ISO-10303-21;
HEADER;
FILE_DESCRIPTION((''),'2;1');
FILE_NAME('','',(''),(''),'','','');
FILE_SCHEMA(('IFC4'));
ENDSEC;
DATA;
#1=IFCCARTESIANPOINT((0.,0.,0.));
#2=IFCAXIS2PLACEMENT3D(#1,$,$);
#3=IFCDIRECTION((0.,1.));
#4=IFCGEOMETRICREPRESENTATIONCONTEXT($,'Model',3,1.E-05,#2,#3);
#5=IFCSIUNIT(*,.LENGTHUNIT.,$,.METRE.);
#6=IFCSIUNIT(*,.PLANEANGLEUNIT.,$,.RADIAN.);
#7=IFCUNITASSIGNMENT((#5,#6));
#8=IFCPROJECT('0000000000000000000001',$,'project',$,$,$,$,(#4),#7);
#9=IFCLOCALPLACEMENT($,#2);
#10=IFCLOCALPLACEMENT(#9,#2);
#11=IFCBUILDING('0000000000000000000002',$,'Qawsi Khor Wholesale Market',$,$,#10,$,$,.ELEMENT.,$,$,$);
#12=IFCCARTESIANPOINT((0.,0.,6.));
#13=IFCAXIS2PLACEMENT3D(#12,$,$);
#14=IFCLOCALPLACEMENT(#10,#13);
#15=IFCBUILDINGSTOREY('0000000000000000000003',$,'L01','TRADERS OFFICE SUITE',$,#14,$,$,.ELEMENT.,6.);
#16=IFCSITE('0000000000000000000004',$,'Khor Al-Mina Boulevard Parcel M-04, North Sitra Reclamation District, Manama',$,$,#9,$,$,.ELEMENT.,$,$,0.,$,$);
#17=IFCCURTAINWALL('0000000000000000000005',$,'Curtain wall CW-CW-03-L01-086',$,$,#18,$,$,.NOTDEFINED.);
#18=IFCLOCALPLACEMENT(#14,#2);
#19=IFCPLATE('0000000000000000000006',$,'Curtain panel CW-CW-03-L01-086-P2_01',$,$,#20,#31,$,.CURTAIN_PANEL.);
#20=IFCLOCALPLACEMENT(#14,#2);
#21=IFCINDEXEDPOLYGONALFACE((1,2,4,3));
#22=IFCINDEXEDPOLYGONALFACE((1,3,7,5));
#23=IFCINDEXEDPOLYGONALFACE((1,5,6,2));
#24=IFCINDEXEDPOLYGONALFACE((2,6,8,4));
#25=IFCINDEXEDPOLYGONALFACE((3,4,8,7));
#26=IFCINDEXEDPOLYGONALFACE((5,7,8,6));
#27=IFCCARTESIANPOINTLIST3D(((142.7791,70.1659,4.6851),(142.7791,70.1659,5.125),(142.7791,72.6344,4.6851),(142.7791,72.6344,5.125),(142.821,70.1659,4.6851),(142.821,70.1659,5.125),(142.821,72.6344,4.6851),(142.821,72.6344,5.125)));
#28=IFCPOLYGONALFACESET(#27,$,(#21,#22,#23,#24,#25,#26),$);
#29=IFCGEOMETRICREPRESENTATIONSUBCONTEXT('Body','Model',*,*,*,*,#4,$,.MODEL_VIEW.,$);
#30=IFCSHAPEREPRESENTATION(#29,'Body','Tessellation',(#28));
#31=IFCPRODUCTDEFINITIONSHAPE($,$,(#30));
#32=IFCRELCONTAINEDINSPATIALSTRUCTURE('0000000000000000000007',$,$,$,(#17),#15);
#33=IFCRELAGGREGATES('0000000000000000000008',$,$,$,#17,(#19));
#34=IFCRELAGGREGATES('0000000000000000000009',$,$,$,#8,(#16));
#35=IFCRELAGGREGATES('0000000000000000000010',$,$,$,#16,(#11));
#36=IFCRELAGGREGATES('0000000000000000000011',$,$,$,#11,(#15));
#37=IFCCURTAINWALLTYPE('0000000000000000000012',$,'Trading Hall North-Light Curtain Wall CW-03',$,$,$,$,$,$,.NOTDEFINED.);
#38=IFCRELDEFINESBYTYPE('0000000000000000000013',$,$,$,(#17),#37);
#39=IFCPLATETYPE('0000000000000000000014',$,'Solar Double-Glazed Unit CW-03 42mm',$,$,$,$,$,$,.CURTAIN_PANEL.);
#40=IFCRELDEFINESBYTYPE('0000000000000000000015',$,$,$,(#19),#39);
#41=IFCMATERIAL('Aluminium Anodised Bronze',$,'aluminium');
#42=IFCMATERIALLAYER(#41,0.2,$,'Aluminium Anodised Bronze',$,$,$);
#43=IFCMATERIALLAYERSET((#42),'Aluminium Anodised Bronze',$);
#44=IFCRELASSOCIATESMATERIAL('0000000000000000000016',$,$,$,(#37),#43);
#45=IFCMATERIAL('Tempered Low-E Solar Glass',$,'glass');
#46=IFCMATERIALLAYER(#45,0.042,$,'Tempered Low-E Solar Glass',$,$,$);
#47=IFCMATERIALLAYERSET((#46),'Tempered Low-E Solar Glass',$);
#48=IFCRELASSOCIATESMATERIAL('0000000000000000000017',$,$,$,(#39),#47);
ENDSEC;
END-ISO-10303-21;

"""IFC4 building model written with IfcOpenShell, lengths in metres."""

from ifc_helpers import new_model, si_unit, direction, frame, frame_2d, origin, place, context, subcontext, project, spatial, rectangle, extrude, material, layer, layer_set, type_object, element, aggregate, save


model = new_model("IFC4")

# Units and contexts
model_context = context("Model", 3, precision=1e-05, world=origin(), true_north=direction((0.0, 1.0)))
body_context = subcontext(model_context, "Body", "Model", "MODEL_VIEW")
ifc_project = project(units=[si_unit("LENGTHUNIT", "METRE"), si_unit("PLANEANGLEUNIT", "RADIAN")], contexts=[model_context])

# Site, building, storey
site_placement = place(None, origin())
site = spatial("IfcSite", under=ifc_project, at=site_placement, Name="Khor Al-Mina Boulevard Parcel M-04, North Sitra Reclamation District, Manama", CompositionType="ELEMENT", RefElevation=0.0)
building_placement = place(site_placement, origin())
building = spatial("IfcBuilding", under=site, at=building_placement, Name="Qawsi Khor Wholesale Market", CompositionType="ELEMENT")
storey_placement = place(building_placement, frame((0.0, 0.0, 6.0)))
storey = spatial("IfcBuildingStorey", under=building, at=storey_placement, Name="L01", Description="TRADERS OFFICE SUITE", CompositionType="ELEMENT", Elevation=6.0)

# Curtain wall
ifc_material_1 = material(Name="Aluminium Anodised Bronze", Category="aluminium")
ifc_layer_1 = layer(ifc_material_1, 0.2, Name="Aluminium Anodised Bronze")
ifc_layer_set_1 = layer_set([ifc_layer_1], Name="Aluminium Anodised Bronze")
curtain_wall_type_1 = type_object("IfcCurtainWallType", Name="Trading Hall North-Light Curtain Wall CW-03", PredefinedType="NOTDEFINED", material=ifc_layer_set_1)
curtain_wall_1_placement = place(storey_placement, origin())
curtain_wall_1 = element("IfcCurtainWall", 1, at=curtain_wall_1_placement, inside=storey, type_object=curtain_wall_type_1, Name="Curtain wall CW-CW-03-L01-086", PredefinedType="NOTDEFINED")

# Plate
ifc_material_2 = material(Name="Tempered Low-E Solar Glass", Category="glass")
ifc_layer_2 = layer(ifc_material_2, 0.042, Name="Tempered Low-E Solar Glass")
ifc_layer_set_2 = layer_set([ifc_layer_2], Name="Tempered Low-E Solar Glass")
plate_type_1 = type_object("IfcPlateType", Name="Solar Double-Glazed Unit CW-03 42mm", PredefinedType="CURTAIN_PANEL", material=ifc_layer_set_2)
plate_1_placement = place(storey_placement, frame((142.8, 70.1658, 4.6851), z_axis=(0.0, 0.0, 1.0), x_axis=(0.0, 1.0, 0.0)))
plate_1 = element("IfcPlate", 2, at=plate_1_placement, type_object=plate_type_1, Name="Curtain panel CW-CW-03-L01-086-P2_01", PredefinedType="CURTAIN_PANEL", context=body_context, shape_type="SweptSolid", body=[
    extrude(rectangle(XDim=2.4685, YDim=0.042, at=frame_2d((1.2344, 0.0))), origin(), (0.0, 0.0, 1.0), 0.4399),
])
aggregate(curtain_wall_1, [plate_1])

save(model, "model.ifc")
